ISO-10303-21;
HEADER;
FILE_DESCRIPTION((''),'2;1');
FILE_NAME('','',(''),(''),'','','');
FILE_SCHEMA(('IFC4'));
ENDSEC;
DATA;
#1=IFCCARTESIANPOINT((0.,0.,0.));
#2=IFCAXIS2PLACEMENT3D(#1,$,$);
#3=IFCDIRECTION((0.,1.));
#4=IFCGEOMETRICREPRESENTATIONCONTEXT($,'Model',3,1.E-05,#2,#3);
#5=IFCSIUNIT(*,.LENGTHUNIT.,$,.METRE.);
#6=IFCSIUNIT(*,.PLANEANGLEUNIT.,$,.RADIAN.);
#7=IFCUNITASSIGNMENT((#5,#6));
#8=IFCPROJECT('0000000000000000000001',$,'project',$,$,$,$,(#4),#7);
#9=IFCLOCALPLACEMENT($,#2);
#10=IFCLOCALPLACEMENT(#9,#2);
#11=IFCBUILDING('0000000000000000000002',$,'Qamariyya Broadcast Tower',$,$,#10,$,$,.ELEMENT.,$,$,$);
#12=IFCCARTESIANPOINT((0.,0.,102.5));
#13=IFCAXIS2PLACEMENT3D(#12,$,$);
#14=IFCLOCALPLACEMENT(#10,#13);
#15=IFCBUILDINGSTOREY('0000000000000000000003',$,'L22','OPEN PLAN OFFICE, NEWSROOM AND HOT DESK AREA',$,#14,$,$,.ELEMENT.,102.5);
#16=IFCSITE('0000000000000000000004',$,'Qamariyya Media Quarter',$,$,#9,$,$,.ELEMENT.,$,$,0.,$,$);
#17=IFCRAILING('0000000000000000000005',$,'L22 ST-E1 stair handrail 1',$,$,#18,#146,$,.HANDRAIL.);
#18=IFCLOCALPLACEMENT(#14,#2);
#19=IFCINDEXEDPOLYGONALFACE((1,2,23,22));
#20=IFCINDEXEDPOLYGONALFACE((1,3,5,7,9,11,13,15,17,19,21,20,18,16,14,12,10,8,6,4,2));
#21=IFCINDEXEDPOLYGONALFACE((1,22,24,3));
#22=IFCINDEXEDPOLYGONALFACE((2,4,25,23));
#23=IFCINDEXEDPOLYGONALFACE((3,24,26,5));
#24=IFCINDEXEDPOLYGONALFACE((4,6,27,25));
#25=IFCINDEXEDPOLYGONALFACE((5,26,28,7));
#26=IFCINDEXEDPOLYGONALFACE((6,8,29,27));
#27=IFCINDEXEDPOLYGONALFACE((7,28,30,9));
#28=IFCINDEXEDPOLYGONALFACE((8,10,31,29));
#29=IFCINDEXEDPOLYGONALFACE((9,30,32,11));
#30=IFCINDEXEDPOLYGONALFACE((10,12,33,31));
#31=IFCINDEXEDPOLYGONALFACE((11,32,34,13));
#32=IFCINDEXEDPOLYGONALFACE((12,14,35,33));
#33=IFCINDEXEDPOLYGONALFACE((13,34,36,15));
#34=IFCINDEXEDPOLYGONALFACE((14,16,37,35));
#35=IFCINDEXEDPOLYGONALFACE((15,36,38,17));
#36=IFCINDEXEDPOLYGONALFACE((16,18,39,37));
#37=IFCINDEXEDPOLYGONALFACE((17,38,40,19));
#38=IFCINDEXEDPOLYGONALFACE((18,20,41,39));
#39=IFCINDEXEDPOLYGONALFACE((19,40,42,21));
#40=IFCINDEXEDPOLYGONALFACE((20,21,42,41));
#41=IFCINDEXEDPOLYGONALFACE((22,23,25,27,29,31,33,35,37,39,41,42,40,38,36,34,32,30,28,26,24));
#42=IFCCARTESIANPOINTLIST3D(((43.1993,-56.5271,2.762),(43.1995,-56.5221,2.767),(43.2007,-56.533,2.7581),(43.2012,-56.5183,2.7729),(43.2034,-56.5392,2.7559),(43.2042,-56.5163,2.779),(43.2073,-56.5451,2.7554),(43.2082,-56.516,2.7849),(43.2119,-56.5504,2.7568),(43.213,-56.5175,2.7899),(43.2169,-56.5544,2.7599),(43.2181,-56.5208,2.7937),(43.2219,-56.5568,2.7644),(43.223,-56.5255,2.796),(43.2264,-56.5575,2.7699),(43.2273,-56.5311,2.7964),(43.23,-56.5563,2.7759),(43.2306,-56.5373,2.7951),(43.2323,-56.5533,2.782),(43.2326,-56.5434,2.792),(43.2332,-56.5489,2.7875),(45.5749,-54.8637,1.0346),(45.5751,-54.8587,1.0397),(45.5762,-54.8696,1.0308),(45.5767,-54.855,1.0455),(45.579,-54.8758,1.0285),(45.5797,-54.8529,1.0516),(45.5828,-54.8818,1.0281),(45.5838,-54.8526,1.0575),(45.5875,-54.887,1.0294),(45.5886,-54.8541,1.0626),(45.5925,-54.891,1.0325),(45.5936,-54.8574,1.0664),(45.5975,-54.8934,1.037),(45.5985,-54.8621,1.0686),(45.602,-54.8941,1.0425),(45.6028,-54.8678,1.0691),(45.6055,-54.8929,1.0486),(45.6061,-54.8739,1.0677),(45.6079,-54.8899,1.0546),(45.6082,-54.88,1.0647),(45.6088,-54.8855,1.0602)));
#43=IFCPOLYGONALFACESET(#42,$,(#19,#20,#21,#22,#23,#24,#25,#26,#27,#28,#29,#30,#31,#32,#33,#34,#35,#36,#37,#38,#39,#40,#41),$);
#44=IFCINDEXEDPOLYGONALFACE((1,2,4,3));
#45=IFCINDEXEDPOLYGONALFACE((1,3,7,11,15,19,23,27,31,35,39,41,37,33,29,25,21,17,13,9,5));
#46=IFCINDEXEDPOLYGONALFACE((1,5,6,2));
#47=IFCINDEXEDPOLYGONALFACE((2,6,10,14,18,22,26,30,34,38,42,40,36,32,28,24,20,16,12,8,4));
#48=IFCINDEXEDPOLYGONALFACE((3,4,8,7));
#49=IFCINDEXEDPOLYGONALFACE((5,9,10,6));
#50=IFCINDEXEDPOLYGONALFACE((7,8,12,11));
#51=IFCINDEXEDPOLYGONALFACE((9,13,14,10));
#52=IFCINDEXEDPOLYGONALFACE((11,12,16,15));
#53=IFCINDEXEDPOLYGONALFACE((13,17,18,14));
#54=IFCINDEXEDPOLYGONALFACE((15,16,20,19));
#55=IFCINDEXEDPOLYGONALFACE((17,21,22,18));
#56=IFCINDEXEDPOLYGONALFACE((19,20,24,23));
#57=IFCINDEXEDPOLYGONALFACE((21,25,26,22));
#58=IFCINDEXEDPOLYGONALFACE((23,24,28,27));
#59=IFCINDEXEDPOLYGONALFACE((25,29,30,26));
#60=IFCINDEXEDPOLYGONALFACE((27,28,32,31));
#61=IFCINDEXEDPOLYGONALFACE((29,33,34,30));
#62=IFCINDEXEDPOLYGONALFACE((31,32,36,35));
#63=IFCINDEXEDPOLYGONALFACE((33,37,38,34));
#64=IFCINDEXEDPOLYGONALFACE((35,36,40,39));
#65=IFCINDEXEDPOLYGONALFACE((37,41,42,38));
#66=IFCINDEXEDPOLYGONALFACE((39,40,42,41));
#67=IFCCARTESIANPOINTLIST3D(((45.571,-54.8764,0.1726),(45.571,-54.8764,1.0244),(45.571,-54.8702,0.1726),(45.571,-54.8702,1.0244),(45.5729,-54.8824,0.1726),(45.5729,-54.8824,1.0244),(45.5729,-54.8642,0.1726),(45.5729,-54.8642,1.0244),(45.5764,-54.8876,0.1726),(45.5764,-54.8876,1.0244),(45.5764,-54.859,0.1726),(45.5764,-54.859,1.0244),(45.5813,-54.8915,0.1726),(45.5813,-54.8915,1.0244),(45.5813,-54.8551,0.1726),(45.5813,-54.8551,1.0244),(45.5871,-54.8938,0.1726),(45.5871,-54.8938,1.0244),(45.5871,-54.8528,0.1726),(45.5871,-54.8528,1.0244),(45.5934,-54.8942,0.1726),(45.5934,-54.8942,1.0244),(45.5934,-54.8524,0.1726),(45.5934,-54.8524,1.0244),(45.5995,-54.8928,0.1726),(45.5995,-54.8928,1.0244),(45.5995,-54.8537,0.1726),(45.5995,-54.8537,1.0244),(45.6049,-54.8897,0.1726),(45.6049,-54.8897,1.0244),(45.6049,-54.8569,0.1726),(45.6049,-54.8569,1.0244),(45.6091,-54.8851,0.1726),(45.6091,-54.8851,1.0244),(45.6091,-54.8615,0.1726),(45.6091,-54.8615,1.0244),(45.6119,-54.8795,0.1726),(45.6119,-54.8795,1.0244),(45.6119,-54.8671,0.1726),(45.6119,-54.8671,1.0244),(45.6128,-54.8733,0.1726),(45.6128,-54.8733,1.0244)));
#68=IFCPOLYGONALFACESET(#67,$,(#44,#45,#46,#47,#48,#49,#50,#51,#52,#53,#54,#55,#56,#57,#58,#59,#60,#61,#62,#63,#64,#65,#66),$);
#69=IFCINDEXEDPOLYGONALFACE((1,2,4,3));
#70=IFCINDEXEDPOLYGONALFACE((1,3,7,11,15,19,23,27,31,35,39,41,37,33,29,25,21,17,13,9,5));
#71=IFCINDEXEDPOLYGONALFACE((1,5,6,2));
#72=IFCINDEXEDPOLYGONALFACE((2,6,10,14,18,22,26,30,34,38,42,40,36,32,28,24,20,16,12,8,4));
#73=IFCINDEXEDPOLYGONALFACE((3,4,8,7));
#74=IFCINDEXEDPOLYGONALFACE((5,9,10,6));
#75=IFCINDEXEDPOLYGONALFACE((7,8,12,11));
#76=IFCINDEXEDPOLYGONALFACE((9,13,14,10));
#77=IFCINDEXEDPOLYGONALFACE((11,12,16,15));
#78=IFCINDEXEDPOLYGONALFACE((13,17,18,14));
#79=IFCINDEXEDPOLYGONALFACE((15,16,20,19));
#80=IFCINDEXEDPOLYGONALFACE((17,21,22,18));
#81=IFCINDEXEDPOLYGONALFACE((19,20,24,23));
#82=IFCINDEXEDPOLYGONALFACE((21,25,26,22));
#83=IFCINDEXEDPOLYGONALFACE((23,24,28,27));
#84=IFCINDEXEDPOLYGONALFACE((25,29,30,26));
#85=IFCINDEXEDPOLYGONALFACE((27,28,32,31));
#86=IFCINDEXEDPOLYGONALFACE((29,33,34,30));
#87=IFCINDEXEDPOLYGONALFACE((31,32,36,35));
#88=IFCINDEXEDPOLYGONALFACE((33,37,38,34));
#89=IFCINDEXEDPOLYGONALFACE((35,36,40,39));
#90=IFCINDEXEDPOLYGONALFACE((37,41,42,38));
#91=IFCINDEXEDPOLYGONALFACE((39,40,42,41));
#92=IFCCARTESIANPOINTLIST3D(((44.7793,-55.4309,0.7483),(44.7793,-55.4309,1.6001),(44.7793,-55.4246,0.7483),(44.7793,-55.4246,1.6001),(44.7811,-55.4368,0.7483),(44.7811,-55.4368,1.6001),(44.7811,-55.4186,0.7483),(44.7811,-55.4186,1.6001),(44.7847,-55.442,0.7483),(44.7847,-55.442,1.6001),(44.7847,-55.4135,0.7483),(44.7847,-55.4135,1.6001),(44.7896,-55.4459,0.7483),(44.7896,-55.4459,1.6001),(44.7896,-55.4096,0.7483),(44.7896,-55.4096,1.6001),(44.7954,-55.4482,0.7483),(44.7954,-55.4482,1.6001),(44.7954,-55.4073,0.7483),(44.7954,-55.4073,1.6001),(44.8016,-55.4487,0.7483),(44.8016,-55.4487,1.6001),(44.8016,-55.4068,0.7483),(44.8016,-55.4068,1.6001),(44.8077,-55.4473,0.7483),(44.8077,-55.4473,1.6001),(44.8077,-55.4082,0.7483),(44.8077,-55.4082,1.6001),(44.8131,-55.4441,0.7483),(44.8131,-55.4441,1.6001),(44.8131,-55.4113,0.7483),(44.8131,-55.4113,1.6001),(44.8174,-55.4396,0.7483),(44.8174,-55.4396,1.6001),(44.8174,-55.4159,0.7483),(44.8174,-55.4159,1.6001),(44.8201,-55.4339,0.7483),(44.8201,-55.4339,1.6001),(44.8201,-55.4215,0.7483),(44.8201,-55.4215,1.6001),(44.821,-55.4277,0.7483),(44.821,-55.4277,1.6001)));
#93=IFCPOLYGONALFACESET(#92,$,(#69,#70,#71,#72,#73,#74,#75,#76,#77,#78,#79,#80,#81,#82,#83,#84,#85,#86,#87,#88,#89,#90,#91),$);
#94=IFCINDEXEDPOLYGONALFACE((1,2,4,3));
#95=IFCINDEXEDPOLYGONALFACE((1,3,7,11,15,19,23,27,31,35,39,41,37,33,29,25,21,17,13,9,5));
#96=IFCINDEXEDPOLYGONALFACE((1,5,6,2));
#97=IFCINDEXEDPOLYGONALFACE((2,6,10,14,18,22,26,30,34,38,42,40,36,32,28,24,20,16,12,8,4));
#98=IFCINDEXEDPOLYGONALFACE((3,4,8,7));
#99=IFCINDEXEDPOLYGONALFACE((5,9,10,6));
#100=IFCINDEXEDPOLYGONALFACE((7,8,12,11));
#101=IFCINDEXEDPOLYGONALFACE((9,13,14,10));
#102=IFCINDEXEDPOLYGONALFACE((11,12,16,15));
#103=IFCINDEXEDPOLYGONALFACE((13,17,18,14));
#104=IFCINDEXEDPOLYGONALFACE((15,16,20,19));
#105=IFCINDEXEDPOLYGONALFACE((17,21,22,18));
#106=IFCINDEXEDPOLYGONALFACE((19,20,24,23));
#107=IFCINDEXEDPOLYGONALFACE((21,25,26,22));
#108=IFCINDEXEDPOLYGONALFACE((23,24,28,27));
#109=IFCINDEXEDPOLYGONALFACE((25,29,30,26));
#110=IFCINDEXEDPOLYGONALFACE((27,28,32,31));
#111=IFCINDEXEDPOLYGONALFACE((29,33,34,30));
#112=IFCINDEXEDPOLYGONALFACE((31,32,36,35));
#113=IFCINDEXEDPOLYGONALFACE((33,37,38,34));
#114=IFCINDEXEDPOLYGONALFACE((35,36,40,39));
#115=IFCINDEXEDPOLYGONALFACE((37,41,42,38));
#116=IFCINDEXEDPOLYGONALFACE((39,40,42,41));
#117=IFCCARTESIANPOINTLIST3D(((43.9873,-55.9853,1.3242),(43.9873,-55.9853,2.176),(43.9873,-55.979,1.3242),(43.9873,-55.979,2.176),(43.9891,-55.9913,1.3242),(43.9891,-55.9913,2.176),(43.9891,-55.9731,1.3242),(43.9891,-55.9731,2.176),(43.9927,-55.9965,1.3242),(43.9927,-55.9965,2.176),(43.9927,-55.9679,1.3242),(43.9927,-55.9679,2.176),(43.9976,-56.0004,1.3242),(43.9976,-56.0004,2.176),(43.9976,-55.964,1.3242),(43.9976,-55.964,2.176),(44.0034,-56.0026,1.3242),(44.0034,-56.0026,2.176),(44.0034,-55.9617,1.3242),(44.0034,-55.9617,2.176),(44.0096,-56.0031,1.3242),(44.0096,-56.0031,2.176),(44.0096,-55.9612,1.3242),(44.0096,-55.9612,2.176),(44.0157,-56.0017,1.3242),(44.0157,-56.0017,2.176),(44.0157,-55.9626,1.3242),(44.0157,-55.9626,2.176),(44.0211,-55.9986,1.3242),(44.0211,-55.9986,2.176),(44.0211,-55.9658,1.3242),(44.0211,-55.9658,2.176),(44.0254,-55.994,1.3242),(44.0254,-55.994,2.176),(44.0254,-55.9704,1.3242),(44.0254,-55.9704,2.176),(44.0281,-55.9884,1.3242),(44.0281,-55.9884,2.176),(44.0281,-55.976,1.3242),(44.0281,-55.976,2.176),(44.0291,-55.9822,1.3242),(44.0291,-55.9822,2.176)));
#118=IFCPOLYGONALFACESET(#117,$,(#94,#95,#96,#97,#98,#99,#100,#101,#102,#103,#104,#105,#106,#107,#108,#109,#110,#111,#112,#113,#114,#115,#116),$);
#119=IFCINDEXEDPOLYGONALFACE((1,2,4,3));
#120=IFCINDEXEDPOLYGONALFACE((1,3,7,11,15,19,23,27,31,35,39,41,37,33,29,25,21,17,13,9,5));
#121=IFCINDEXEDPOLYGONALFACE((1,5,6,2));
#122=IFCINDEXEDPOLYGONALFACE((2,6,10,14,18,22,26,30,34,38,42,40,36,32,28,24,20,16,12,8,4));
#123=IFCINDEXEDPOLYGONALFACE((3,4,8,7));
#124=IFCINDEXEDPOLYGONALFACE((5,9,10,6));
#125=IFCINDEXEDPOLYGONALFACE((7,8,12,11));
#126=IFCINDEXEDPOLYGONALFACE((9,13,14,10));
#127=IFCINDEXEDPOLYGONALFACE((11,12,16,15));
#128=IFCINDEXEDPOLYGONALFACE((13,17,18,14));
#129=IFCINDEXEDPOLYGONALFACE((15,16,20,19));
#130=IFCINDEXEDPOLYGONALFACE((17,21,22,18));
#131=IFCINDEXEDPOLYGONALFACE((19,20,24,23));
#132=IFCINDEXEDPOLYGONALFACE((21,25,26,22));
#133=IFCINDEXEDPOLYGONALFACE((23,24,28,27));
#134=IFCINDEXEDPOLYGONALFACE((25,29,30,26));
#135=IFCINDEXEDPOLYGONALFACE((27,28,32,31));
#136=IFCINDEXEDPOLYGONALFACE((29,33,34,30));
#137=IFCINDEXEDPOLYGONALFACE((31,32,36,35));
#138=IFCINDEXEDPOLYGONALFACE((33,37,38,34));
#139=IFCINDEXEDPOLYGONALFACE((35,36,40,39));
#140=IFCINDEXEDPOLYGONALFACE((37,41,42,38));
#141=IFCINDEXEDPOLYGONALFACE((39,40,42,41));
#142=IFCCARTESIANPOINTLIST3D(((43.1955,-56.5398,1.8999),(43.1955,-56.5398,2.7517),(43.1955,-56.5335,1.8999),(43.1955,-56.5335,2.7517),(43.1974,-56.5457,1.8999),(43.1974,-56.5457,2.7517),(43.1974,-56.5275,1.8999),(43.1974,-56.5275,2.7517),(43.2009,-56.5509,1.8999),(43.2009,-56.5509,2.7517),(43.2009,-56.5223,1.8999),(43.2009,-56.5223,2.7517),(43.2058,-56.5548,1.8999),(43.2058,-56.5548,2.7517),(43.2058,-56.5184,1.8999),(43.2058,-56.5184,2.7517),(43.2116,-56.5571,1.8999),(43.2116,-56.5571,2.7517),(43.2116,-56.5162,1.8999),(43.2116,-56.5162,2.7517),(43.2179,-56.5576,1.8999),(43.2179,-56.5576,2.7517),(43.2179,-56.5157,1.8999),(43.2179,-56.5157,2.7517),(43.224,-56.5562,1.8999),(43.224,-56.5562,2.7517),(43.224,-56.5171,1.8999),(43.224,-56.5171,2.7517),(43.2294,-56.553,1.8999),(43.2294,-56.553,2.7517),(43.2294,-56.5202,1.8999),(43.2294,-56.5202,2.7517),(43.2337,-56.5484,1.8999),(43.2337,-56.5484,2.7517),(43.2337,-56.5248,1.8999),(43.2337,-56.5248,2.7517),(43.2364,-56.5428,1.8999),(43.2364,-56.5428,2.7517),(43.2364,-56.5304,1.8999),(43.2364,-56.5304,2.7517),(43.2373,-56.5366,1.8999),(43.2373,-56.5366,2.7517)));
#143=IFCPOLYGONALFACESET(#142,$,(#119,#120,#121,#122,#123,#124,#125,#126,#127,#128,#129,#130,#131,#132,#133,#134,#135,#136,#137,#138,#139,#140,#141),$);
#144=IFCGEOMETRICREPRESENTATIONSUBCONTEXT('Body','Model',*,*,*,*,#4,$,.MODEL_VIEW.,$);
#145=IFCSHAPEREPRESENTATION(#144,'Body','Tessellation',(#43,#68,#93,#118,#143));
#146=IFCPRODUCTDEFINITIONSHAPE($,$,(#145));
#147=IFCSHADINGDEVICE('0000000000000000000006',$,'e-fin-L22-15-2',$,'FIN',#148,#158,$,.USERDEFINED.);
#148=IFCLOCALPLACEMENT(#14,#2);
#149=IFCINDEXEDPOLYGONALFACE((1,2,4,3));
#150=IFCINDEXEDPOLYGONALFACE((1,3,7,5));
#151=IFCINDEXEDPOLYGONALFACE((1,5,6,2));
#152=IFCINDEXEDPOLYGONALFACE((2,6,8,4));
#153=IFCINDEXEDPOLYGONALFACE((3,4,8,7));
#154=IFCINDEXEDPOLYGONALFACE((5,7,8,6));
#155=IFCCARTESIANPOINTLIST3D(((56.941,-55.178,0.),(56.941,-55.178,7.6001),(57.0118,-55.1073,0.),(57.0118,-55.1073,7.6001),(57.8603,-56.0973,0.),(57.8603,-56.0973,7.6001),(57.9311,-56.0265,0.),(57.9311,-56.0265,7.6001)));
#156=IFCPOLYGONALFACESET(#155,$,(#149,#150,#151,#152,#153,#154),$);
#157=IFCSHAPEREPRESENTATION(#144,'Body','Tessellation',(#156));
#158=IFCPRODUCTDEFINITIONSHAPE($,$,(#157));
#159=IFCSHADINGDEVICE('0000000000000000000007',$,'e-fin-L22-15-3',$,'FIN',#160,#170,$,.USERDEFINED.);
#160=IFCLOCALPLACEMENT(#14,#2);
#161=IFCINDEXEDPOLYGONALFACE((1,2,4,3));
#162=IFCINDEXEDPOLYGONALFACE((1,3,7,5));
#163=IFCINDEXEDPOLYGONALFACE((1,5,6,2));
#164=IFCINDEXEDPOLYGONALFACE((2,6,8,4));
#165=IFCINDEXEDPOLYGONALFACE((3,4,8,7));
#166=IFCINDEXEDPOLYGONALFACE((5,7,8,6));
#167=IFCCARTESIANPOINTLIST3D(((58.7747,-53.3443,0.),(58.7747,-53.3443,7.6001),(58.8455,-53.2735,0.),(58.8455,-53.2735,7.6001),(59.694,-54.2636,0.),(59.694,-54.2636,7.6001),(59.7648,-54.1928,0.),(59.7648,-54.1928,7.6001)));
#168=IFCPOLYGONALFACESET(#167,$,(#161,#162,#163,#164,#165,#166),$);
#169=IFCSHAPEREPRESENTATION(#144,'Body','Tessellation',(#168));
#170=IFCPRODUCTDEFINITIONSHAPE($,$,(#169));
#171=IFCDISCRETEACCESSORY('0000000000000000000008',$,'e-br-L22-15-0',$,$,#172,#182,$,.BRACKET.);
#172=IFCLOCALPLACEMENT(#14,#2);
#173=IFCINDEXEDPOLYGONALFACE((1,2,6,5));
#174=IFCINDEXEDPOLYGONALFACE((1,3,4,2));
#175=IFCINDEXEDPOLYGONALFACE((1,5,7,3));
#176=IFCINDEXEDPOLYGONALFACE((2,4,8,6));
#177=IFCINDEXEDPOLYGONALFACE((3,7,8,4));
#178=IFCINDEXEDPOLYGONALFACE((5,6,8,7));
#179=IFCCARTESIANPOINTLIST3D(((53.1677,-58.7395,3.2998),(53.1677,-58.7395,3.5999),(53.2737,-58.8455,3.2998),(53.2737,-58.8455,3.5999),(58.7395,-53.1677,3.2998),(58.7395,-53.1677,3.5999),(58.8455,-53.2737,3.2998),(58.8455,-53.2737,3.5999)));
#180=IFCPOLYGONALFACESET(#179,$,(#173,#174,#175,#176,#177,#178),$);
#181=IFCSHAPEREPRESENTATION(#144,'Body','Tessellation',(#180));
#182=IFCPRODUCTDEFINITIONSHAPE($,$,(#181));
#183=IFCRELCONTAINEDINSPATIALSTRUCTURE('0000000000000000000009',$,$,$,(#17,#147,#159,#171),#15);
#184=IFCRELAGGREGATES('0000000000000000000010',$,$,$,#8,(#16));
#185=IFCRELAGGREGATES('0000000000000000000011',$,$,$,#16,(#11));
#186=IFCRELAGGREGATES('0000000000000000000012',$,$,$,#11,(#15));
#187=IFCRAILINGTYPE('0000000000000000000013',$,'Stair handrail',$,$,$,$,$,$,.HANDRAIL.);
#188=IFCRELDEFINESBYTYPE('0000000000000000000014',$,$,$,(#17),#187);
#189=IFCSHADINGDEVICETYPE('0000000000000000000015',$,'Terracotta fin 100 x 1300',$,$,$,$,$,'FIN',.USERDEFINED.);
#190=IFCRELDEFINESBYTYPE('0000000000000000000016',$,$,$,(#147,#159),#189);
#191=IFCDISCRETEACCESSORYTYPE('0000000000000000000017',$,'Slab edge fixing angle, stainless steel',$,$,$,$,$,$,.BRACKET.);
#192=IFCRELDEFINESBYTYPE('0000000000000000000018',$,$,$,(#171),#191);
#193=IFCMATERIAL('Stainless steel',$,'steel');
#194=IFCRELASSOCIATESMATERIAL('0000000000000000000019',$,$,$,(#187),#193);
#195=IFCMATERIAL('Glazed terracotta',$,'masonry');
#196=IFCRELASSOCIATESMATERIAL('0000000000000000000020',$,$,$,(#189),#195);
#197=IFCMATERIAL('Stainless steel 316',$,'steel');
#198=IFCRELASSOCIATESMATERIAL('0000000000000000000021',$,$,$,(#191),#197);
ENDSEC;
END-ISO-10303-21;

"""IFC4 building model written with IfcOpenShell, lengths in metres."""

from ifc_helpers import new_model, si_unit, direction, frame, origin, origin_2d, place, context, subcontext, project, spatial, rectangle, circle, extrude, material, material_profile, profile_set, type_object, element, save


model = new_model("IFC4")

# Units and contexts
model_context = context("Model", 3, precision=1e-05, world=origin(), true_north=direction((0.0, 1.0)))
body_context = subcontext(model_context, "Body", "Model", "MODEL_VIEW")
ifc_project = project(units=[si_unit("LENGTHUNIT", "METRE"), si_unit("PLANEANGLEUNIT", "RADIAN")], contexts=[model_context])

# Site, building, storey
site_placement = place(None, origin())
site = spatial("IfcSite", under=ifc_project, at=site_placement, Name="Qamariyya Media Quarter", CompositionType="ELEMENT", RefElevation=0.0)
building_placement = place(site_placement, origin())
building = spatial("IfcBuilding", under=site, at=building_placement, Name="Qamariyya Broadcast Tower", CompositionType="ELEMENT")
storey_placement = place(building_placement, frame((0.0, 0.0, 102.5)))
storey = spatial("IfcBuildingStorey", under=building, at=storey_placement, Name="L22", Description="OPEN PLAN OFFICE, NEWSROOM AND HOT DESK AREA", CompositionType="ELEMENT", Elevation=102.5)

# Railing
ifc_material_1 = material(Name="Stainless steel", Category="steel")
railing_type_1 = type_object("IfcRailingType", Name="Stair handrail", PredefinedType="HANDRAIL", material=ifc_material_1)
railing_1_placement = place(storey_placement, frame((45.5918, -54.8733, 0.1726)))
element("IfcRailing", 1, at=railing_1_placement, inside=storey, type_object=railing_type_1, Name="L22 ST-E1 stair handrail 1", PredefinedType="HANDRAIL", context=body_context, shape_type="SweptSolid", body=[
    extrude(circle(Radius=0.0239, at=origin_2d()), frame((0.0, 0.0, 0.876), z_axis=(-0.70377, -0.492784, 0.511734), x_axis=(0.573575, -0.819153, 0.0)), (0.0, 0.0, 1.0), 3.3755),
    extrude(circle(Radius=0.021, at=origin_2d()), origin(), (0.0, 0.0, 1.0), 0.8518),
    extrude(circle(Radius=0.021, at=origin_2d()), frame((-0.7917, -0.5544, 0.5757)), (0.0, 0.0, 1.0), 0.8518),
    extrude(circle(Radius=0.021, at=origin_2d()), frame((-1.5837, -1.1089, 1.1516)), (0.0, 0.0, 1.0), 0.8518),
    extrude(circle(Radius=0.021, at=origin_2d()), frame((-2.3755, -1.6633, 1.7273)), (0.0, 0.0, 1.0), 0.8518),
])

# Shading devices
ifc_material_2 = material(Name="Glazed terracotta", Category="masonry")
ifc_material_profile_1 = material_profile(ifc_material_2, rectangle(XDim=1.3, YDim=0.1001, at=origin_2d()))
ifc_profile_set_1 = profile_set([ifc_material_profile_1], Name="Glazed terracotta")
shading_device_type = type_object("IfcShadingDeviceType", Name="Terracotta fin 100 x 1300", ElementType="FIN", PredefinedType="USERDEFINED", material=ifc_profile_set_1)
for number, where, z_axis, x_axis, name in (
    (2, (57.436, -55.6023, 0.0), (0.0, 0.0, 1.0), (0.707107, -0.707107, 0.0), "e-fin-L22-15-2"),
    (3, (59.2698, -53.7686, 0.0), (0.0, 0.0, 1.0), (0.707107, -0.707107, 0.0), "e-fin-L22-15-3"),
):
    element("IfcShadingDevice", number, at=place(storey_placement, frame(where, z_axis=z_axis, x_axis=x_axis)), inside=storey, type_object=shading_device_type, Name=name, ObjectType="FIN", PredefinedType="USERDEFINED", context=body_context, shape_type="SweptSolid", body=[
        extrude(rectangle(XDim=1.3, YDim=0.1001, at=origin_2d()), origin(), (0.0, 0.0, 1.0), 7.6001),
    ])

# Discrete accessory
ifc_material_3 = material(Name="Stainless steel 316", Category="steel")
discrete_accessory_type = type_object("IfcDiscreteAccessoryType", Name="Slab edge fixing angle, stainless steel", PredefinedType="BRACKET", material=ifc_material_3)
discrete_accessory_placement = place(storey_placement, frame((56.0066, -56.0066, 3.2998), z_axis=(0.0, 0.0, 1.0), x_axis=(0.707107, 0.707107, 0.0)))
element("IfcDiscreteAccessory", 4, at=discrete_accessory_placement, inside=storey, type_object=discrete_accessory_type, Name="e-br-L22-15-0", PredefinedType="BRACKET", context=body_context, shape_type="SweptSolid", body=[
    extrude(rectangle(XDim=7.8796, YDim=0.1499, at=origin_2d()), origin(), (0.0, 0.0, 1.0), 0.3),
])

save(model, "model.ifc")
